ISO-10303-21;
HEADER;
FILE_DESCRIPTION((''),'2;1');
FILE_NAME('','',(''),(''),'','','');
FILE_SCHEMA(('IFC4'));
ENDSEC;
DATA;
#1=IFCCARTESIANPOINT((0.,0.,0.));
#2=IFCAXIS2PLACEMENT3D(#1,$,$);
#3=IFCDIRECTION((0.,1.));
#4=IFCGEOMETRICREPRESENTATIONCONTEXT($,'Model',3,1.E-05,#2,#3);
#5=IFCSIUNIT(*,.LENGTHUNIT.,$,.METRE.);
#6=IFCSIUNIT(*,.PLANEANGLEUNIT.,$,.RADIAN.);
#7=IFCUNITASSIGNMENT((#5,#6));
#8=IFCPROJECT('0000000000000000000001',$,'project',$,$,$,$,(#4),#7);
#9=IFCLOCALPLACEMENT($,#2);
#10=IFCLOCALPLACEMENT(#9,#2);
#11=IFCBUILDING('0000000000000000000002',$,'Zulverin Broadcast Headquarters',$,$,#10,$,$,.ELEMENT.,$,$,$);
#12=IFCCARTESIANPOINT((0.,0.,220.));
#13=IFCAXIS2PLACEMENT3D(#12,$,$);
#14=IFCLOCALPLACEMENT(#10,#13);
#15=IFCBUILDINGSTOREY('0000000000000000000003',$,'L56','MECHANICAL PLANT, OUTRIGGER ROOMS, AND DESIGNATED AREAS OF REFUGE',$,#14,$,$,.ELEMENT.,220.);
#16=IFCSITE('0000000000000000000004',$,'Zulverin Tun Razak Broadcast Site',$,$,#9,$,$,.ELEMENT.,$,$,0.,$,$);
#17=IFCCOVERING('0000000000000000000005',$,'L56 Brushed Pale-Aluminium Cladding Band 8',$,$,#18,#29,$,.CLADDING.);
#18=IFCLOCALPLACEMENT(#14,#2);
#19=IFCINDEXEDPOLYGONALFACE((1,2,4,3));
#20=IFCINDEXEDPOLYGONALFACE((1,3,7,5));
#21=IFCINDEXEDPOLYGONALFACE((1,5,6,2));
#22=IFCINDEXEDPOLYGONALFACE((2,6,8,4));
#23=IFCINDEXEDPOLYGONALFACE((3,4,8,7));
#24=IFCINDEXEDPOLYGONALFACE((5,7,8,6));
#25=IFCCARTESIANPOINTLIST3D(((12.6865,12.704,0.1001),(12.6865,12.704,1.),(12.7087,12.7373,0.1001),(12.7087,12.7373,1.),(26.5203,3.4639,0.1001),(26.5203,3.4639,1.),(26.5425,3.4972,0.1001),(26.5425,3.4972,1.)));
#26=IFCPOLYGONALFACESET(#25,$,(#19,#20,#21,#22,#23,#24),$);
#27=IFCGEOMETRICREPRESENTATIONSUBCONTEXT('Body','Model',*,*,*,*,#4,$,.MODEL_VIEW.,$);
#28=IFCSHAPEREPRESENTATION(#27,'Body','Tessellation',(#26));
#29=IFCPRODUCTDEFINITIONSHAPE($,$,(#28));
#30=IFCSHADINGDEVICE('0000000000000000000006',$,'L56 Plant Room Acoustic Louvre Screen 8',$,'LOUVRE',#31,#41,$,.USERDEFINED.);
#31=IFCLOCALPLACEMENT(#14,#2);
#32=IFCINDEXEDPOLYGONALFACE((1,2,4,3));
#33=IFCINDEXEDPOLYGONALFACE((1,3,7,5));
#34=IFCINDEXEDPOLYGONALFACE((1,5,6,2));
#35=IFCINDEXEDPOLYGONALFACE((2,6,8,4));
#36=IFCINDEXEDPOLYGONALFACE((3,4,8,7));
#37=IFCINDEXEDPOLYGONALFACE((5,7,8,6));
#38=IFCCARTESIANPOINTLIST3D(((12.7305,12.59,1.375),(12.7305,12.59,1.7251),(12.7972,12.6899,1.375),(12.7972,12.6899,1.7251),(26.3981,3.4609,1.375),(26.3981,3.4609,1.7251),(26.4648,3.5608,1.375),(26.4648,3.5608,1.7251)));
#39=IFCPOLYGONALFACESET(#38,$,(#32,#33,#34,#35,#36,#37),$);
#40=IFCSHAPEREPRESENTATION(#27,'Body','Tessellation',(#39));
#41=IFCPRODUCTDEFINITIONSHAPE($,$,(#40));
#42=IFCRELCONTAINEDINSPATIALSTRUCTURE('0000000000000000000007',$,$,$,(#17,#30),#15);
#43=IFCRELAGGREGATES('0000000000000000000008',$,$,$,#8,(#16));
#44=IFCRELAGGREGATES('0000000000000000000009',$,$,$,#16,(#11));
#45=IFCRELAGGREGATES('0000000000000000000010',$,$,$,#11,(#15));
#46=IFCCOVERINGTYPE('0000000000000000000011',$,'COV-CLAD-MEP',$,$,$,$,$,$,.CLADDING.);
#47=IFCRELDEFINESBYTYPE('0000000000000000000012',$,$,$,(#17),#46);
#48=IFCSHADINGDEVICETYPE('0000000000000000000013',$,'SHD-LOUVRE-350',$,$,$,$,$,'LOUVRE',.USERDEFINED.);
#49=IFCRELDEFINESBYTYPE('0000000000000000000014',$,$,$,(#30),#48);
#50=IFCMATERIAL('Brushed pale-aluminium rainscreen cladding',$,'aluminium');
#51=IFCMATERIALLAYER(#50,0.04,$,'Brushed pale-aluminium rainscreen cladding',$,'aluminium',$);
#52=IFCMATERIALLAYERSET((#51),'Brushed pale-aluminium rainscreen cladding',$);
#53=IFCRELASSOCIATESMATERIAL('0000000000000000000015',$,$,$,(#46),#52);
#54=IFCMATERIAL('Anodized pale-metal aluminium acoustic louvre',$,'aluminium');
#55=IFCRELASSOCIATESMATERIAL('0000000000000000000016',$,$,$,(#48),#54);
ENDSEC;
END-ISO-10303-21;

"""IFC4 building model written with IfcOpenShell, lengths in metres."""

from ifc_helpers import new_model, si_unit, direction, frame, origin, origin_2d, place, context, subcontext, project, spatial, rectangle, extrude, material, layer, layer_set, type_object, element, save


model = new_model("IFC4")

# Units and contexts
model_context = context("Model", 3, precision=1e-05, world=origin(), true_north=direction((0.0, 1.0)))
body_context = subcontext(model_context, "Body", "Model", "MODEL_VIEW")
ifc_project = project(units=[si_unit("LENGTHUNIT", "METRE"), si_unit("PLANEANGLEUNIT", "RADIAN")], contexts=[model_context])

# Site, building, storey
site_placement = place(None, origin())
site = spatial("IfcSite", under=ifc_project, at=site_placement, Name="Zulverin Tun Razak Broadcast Site", CompositionType="ELEMENT", RefElevation=0.0)
building_placement = place(site_placement, origin())
building = spatial("IfcBuilding", under=site, at=building_placement, Name="Zulverin Broadcast Headquarters", CompositionType="ELEMENT")
storey_placement = place(building_placement, frame((0.0, 0.0, 220.0)))
storey = spatial("IfcBuildingStorey", under=building, at=storey_placement, Name="L56", Description="MECHANICAL PLANT, OUTRIGGER ROOMS, AND DESIGNATED AREAS OF REFUGE", CompositionType="ELEMENT", Elevation=220.0)

# Covering
ifc_material_1 = material(Name="Brushed pale-aluminium rainscreen cladding", Category="aluminium")
ifc_layer_1 = layer(ifc_material_1, 0.04, Name="Brushed pale-aluminium rainscreen cladding", Category="aluminium")
ifc_layer_set_1 = layer_set([ifc_layer_1], Name="Brushed pale-aluminium rainscreen cladding")
covering_type = type_object("IfcCoveringType", Name="COV-CLAD-MEP", PredefinedType="CLADDING", material=ifc_layer_set_1)
covering_placement = place(storey_placement, frame((19.6145, 8.1006, 0.1001), z_axis=(0.0, 0.0, 1.0), x_axis=(0.831562, -0.555432, 0.0)))
element("IfcCovering", 1, at=covering_placement, inside=storey, type_object=covering_type, Name="L56 Brushed Pale-Aluminium Cladding Band 8", PredefinedType="CLADDING", context=body_context, shape_type="SweptSolid", body=[
    extrude(rectangle(XDim=16.636, YDim=0.04, at=origin_2d()), origin(), (0.0, 0.0, 1.0), 0.8999),
])

# Shading device
ifc_material_2 = material(Name="Anodized pale-metal aluminium acoustic louvre", Category="aluminium")
shading_device_type = type_object("IfcShadingDeviceType", Name="SHD-LOUVRE-350", ElementType="LOUVRE", PredefinedType="USERDEFINED", material=ifc_material_2)
shading_device_placement = place(storey_placement, frame((19.5977, 8.0754, 1.375), z_axis=(0.0, 0.0, 1.0), x_axis=(0.831562, -0.555432, 0.0)))
element("IfcShadingDevice", 2, at=shading_device_placement, inside=storey, type_object=shading_device_type, Name="L56 Plant Room Acoustic Louvre Screen 8", ObjectType="LOUVRE", PredefinedType="USERDEFINED", context=body_context, shape_type="SweptSolid", body=[
    extrude(rectangle(XDim=16.436, YDim=0.1201, at=origin_2d()), origin(), (0.0, 0.0, 1.0), 0.3501),
])

save(model, "model.ifc")
